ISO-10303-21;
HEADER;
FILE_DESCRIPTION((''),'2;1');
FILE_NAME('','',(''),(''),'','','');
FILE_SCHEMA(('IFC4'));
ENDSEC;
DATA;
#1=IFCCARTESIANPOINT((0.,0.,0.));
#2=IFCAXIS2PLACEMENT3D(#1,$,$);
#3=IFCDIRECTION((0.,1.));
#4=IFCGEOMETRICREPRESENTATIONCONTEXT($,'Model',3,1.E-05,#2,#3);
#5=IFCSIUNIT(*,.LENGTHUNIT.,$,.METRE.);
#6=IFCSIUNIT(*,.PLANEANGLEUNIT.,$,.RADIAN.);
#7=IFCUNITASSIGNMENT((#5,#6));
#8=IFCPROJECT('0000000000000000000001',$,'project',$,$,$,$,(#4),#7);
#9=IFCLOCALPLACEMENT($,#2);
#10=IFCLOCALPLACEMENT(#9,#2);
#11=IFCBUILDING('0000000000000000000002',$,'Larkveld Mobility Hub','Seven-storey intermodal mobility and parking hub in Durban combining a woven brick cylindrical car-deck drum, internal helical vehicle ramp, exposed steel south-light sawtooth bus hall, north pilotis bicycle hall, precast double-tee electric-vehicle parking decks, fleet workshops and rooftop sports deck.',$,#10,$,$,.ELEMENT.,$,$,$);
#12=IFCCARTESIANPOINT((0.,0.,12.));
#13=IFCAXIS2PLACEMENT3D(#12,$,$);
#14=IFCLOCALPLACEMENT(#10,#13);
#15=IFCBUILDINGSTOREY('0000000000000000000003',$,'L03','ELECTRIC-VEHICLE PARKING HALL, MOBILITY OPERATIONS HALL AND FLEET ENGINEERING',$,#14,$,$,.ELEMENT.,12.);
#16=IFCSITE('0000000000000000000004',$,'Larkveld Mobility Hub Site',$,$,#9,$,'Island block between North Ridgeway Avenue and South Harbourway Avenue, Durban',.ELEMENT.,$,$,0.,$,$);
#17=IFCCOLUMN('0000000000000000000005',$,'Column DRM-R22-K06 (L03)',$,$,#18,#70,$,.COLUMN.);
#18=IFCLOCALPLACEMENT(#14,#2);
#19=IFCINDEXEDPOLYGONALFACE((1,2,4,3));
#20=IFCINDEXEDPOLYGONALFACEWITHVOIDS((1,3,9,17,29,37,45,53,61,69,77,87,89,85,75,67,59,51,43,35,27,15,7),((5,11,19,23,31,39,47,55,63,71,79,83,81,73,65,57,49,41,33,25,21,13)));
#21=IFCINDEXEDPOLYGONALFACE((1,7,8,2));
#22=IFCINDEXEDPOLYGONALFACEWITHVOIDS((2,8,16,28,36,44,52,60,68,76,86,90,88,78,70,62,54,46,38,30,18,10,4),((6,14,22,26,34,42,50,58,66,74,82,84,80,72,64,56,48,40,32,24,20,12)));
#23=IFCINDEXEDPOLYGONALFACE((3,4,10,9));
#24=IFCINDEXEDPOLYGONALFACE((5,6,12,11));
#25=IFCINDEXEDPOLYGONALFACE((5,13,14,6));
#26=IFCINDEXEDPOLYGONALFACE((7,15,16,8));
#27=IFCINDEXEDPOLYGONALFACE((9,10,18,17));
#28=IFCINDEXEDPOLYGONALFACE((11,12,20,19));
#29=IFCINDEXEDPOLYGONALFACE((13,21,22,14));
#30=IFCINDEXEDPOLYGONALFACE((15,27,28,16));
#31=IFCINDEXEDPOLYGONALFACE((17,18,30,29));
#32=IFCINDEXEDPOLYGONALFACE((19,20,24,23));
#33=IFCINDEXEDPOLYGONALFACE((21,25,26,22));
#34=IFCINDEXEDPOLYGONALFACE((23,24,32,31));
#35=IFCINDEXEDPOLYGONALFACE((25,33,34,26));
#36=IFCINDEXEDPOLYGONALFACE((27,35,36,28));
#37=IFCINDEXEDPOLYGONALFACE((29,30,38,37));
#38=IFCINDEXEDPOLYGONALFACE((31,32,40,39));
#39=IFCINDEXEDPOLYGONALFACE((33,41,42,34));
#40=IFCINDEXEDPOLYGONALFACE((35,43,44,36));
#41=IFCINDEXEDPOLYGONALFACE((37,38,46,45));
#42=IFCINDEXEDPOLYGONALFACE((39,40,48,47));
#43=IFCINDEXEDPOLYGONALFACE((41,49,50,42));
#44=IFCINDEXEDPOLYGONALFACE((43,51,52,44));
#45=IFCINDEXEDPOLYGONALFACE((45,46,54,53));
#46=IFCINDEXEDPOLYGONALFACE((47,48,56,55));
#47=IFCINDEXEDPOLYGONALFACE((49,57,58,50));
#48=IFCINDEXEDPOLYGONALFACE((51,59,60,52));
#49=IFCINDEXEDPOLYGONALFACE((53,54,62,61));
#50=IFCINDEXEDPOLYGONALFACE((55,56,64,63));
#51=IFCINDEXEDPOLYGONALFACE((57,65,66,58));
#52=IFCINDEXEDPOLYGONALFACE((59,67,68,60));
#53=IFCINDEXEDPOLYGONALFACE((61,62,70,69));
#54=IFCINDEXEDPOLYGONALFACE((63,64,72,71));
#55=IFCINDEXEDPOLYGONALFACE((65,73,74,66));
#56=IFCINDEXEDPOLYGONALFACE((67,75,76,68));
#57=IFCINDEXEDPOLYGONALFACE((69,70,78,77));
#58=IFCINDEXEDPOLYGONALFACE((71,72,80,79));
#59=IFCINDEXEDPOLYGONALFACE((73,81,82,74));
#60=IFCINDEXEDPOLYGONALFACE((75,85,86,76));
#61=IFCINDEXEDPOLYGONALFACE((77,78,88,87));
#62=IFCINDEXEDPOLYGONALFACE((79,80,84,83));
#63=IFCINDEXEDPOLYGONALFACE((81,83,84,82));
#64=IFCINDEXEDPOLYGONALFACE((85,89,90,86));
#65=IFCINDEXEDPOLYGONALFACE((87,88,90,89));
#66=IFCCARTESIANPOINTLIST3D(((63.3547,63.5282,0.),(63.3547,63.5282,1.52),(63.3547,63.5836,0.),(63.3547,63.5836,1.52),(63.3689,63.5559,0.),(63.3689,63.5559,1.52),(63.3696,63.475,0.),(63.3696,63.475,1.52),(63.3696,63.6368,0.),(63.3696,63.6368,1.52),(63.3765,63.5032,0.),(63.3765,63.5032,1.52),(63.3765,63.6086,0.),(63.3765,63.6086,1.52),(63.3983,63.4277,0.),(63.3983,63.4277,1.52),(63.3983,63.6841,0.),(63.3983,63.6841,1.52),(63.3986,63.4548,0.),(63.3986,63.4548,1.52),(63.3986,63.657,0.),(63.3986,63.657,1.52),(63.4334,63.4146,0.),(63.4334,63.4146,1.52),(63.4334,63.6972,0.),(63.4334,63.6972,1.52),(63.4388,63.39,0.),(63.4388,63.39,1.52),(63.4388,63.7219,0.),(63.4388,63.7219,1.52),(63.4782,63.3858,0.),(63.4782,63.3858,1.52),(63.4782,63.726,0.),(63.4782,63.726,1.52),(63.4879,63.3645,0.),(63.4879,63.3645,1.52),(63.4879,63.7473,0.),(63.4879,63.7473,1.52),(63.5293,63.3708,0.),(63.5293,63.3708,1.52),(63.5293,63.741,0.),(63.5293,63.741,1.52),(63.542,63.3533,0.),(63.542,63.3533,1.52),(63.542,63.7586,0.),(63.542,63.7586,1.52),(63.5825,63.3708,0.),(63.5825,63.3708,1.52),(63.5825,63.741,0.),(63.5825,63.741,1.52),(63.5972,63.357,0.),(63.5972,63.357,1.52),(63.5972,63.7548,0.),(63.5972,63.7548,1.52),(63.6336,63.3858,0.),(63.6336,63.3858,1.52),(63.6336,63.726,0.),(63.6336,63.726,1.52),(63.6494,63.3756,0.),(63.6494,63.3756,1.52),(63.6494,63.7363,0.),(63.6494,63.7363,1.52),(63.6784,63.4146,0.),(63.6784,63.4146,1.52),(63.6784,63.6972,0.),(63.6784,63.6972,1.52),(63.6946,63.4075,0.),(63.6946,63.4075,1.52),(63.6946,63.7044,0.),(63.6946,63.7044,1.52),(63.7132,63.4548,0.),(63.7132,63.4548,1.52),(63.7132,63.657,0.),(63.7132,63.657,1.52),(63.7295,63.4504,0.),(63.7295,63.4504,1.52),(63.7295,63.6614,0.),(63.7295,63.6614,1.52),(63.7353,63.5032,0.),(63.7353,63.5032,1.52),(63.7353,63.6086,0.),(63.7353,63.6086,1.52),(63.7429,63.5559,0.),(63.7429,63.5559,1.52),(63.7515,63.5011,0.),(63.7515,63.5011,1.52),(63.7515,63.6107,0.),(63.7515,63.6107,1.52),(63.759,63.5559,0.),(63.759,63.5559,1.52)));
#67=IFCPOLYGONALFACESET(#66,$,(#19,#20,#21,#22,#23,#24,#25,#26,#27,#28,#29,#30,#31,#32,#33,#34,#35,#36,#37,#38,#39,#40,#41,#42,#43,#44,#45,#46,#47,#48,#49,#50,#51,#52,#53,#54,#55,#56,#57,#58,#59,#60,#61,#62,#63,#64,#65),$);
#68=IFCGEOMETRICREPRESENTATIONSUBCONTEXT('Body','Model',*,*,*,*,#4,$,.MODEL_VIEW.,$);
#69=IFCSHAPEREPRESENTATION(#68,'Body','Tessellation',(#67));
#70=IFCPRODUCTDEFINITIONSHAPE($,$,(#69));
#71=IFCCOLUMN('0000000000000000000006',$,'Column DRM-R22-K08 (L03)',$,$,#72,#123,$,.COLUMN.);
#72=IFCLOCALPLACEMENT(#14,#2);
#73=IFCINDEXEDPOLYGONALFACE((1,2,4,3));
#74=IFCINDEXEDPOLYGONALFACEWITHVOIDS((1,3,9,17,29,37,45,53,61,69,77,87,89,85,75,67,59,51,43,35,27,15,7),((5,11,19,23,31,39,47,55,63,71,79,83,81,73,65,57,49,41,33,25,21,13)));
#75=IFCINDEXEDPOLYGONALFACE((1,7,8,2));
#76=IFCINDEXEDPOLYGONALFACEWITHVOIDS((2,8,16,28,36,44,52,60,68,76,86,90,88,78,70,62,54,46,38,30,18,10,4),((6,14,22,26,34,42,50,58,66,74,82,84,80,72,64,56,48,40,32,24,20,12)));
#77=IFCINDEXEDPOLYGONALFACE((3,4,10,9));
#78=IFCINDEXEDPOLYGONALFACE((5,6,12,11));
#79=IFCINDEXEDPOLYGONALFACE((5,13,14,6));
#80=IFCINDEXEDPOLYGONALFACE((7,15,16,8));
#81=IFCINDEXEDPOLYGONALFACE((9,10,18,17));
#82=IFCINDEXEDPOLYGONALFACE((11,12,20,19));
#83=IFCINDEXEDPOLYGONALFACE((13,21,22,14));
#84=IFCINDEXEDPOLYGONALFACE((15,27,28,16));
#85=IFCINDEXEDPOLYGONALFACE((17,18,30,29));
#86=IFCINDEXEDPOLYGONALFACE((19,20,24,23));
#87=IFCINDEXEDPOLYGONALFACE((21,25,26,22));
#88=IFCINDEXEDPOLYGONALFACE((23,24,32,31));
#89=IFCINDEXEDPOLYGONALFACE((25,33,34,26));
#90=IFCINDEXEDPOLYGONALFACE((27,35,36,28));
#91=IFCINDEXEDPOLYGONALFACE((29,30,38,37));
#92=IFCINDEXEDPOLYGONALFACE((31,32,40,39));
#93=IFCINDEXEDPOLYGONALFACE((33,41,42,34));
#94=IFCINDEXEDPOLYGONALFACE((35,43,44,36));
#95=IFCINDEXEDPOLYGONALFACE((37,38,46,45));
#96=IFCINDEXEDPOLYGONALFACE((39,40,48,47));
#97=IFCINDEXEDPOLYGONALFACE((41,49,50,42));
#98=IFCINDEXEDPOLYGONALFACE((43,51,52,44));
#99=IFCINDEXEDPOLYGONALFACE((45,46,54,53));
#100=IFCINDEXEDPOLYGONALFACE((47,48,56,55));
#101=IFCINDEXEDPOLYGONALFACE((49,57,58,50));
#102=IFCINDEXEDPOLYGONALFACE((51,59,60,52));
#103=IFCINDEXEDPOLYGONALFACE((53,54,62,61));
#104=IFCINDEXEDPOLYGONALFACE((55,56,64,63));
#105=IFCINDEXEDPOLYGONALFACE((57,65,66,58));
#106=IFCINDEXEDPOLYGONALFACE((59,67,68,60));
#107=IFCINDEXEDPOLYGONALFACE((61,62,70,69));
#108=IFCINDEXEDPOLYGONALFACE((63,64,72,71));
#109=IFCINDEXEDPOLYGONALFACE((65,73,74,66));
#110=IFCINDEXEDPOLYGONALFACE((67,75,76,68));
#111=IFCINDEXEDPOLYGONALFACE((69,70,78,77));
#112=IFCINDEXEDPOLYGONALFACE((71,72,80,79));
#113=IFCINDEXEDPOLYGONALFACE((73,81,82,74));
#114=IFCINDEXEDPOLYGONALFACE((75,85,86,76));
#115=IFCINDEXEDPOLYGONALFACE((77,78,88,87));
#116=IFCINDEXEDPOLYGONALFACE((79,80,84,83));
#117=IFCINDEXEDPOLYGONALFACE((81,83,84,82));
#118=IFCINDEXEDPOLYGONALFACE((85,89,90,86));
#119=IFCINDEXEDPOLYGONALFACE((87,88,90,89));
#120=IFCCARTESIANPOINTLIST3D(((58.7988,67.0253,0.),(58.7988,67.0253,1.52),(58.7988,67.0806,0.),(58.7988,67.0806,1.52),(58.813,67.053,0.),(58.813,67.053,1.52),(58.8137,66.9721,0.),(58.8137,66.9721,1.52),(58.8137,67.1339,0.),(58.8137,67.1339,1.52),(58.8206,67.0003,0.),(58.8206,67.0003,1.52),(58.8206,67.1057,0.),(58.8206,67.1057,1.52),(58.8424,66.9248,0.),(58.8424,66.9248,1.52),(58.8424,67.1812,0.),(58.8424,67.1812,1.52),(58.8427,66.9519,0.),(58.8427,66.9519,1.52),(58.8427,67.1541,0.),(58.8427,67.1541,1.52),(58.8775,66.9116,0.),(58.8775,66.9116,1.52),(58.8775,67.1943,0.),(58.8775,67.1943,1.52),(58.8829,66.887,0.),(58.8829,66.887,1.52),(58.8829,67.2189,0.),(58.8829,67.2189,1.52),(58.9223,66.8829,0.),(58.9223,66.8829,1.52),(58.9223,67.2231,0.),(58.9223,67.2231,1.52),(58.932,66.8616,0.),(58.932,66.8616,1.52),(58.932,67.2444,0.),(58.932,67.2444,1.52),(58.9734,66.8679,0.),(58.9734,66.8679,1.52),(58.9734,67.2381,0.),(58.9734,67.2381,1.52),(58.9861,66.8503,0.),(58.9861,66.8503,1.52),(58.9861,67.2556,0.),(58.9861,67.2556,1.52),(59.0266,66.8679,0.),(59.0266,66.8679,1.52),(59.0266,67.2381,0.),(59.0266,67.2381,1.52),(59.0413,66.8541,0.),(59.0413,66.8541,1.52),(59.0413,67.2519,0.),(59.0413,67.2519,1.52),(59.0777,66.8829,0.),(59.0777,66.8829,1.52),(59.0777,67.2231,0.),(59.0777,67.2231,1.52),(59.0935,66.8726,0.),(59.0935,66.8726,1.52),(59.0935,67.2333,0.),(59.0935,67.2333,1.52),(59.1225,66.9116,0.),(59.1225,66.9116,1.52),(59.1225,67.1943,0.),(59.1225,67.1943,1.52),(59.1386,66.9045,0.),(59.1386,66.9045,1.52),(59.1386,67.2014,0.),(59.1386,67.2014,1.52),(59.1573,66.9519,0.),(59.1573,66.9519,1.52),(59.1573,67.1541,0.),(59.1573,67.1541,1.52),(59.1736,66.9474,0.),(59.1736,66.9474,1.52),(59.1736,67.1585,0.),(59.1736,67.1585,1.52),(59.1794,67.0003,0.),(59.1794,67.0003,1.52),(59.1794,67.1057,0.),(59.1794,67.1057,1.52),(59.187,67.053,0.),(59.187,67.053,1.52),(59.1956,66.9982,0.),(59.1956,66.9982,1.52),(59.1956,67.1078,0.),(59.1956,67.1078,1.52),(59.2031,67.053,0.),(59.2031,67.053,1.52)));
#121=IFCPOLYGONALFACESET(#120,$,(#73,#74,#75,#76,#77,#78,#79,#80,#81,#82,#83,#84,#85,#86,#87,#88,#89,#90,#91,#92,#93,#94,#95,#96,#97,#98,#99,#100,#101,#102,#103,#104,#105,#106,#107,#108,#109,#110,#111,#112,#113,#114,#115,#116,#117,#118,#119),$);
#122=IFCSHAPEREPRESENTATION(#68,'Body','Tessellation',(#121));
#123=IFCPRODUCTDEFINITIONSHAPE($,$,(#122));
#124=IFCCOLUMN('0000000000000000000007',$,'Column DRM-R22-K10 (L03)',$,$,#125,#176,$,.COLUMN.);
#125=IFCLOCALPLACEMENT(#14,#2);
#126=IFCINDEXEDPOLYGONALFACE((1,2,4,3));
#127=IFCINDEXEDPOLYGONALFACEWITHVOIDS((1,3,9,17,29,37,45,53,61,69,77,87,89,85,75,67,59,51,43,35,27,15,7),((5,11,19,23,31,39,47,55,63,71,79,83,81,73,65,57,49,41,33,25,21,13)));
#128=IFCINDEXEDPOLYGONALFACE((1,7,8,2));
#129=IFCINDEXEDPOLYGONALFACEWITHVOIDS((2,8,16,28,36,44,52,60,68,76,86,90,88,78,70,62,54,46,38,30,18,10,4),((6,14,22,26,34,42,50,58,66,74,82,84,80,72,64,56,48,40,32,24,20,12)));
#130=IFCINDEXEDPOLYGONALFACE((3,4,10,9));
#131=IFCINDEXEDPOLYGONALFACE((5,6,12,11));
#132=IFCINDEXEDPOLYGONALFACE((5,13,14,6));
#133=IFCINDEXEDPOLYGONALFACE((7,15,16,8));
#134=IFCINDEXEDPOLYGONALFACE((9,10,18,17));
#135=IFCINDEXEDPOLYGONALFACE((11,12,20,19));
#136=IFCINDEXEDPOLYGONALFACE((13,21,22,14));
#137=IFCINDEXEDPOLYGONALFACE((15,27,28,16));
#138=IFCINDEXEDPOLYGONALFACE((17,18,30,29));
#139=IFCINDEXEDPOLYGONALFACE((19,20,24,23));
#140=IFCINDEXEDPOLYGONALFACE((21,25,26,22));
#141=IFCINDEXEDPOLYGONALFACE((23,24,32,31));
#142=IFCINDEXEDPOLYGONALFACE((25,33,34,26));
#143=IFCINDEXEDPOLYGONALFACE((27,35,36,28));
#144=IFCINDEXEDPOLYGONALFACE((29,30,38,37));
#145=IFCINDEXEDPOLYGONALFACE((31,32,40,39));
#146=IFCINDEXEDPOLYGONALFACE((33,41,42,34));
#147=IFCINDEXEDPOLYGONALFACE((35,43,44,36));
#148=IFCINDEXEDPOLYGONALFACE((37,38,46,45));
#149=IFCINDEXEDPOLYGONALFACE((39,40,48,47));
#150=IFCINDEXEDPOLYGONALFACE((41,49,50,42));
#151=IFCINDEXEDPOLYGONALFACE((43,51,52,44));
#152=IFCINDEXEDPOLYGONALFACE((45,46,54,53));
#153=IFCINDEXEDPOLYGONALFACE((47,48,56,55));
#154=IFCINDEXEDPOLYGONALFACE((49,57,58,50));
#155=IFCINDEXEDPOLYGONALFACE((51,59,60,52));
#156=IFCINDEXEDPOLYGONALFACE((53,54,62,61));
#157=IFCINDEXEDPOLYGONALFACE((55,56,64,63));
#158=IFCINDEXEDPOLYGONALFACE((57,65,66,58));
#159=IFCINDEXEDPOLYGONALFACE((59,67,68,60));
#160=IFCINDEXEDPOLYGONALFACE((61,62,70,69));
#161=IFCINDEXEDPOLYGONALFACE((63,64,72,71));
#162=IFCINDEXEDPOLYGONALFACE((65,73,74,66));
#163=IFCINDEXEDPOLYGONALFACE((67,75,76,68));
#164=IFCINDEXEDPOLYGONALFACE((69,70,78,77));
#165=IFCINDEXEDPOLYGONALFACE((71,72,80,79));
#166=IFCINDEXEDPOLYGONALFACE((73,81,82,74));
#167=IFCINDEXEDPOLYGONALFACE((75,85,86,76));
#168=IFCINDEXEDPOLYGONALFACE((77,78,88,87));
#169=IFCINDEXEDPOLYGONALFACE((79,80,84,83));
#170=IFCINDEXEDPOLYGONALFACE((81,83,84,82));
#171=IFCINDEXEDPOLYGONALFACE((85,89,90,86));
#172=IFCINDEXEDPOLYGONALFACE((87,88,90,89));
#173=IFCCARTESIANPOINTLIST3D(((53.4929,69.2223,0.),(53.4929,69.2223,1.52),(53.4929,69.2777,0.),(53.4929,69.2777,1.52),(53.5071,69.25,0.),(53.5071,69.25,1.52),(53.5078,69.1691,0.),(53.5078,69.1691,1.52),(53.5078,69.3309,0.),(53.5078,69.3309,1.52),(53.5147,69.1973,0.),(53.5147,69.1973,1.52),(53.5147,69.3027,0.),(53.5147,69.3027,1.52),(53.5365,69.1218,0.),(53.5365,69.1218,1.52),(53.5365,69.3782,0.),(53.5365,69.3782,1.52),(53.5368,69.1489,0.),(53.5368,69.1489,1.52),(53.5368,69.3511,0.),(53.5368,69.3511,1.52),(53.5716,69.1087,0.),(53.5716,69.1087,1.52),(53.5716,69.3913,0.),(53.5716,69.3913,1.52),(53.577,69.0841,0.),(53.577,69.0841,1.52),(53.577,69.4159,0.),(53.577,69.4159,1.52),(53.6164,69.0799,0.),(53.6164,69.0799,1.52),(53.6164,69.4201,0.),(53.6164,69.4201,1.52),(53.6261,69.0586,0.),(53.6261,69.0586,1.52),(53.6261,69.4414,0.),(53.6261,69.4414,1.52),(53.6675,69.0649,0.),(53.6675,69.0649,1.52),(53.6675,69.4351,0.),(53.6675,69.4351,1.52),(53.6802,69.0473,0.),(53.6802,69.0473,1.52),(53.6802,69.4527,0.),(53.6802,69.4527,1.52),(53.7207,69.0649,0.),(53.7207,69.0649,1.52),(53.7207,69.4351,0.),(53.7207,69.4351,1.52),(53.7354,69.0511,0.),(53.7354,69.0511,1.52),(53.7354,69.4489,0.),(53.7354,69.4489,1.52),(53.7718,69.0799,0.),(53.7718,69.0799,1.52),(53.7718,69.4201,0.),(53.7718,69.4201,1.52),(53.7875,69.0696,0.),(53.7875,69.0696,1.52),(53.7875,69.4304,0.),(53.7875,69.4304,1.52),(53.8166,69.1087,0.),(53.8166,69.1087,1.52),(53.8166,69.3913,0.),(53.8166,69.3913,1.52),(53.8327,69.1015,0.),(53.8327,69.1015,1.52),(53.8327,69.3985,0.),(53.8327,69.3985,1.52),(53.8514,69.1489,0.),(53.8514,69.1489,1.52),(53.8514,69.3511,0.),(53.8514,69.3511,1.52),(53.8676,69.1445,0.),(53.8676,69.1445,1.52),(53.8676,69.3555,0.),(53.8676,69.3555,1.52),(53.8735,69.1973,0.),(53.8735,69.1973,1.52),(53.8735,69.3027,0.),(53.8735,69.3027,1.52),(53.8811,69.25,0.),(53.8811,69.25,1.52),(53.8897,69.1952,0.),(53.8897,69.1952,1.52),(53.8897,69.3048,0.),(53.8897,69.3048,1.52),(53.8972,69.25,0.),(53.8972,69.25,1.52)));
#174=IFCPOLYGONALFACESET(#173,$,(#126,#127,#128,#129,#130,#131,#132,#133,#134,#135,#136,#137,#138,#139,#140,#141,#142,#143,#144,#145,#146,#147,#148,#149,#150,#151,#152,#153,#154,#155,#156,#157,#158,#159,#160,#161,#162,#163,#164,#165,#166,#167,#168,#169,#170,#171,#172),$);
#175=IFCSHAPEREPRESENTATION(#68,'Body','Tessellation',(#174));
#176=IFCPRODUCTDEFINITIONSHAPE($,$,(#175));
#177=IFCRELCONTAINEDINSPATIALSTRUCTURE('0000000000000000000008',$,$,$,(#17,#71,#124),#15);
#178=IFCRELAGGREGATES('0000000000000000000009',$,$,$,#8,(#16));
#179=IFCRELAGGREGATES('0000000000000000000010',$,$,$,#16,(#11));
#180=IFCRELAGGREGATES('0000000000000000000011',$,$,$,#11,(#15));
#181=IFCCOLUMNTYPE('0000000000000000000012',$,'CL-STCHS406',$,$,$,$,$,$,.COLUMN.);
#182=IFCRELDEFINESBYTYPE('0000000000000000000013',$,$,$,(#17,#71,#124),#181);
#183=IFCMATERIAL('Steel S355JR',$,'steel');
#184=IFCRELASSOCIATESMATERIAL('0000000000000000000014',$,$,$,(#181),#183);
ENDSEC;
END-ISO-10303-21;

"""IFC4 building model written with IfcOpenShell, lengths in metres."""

from ifc_helpers import new_model, si_unit, direction, frame, origin, origin_2d, place, context, subcontext, project, spatial, hollow_circle, extrude, material, material_profile, profile_set, type_object, element, save


model = new_model("IFC4")

# Units and contexts
model_context = context("Model", 3, precision=1e-05, world=origin(), true_north=direction((0.0, 1.0)))
body_context = subcontext(model_context, "Body", "Model", "MODEL_VIEW")
ifc_project = project(units=[si_unit("LENGTHUNIT", "METRE"), si_unit("PLANEANGLEUNIT", "RADIAN")], contexts=[model_context])

# Site, building, storey
site_placement = place(None, origin())
site = spatial("IfcSite", under=ifc_project, at=site_placement, Name="Larkveld Mobility Hub Site", LongName="Island block between North Ridgeway Avenue and South Harbourway Avenue, Durban", CompositionType="ELEMENT", RefElevation=0.0)
building_placement = place(site_placement, origin())
building = spatial("IfcBuilding", under=site, at=building_placement, Name="Larkveld Mobility Hub", Description="Seven-storey intermodal mobility and parking hub in Durban combining a woven brick cylindrical car-deck drum, internal helical vehicle ramp, exposed steel south-light sawtooth bus hall, north pilotis bicycle hall, precast double-tee electric-vehicle parking decks, fleet workshops and rooftop sports deck.", CompositionType="ELEMENT")
storey_placement = place(building_placement, frame((0.0, 0.0, 12.0)))
storey = spatial("IfcBuildingStorey", under=building, at=storey_placement, Name="L03", Description="ELECTRIC-VEHICLE PARKING HALL, MOBILITY OPERATIONS HALL AND FLEET ENGINEERING", CompositionType="ELEMENT", Elevation=12.0)

# Columns
ifc_material_1 = material(Name="Steel S355JR", Category="steel")
ifc_material_profile_1 = material_profile(ifc_material_1, hollow_circle(Radius=0.2031, WallThickness=0.0161, at=origin_2d()), Name="CHS 406.4x16")
ifc_profile_set_1 = profile_set([ifc_material_profile_1], Name="Steel S355JR")
column_type = type_object("IfcColumnType", Name="CL-STCHS406", PredefinedType="COLUMN", material=ifc_profile_set_1)
for number, where, z_axis, x_axis, name in (
    (1, (63.5559, 63.5559, 0.0), (0.0, 0.0, 1.0), (1.0, 0.0, 0.0), "Column DRM-R22-K06 (L03)"),
    (2, (59.0, 67.053, 0.0), (0.0, 0.0, 1.0), (1.0, 0.0, 0.0), "Column DRM-R22-K08 (L03)"),
    (3, (53.6941, 69.25, 0.0), (0.0, 0.0, 1.0), (1.0, 0.0, 0.0), "Column DRM-R22-K10 (L03)"),
):
    element("IfcColumn", number, at=place(storey_placement, frame(where, z_axis=z_axis, x_axis=x_axis)), inside=storey, type_object=column_type, Name=name, PredefinedType="COLUMN", context=body_context, shape_type="SweptSolid", body=[
        extrude(hollow_circle(Radius=0.2031, WallThickness=0.0161, at=origin_2d()), origin(), (0.0, 0.0, 1.0), 1.52),
    ])

save(model, "model.ifc")
